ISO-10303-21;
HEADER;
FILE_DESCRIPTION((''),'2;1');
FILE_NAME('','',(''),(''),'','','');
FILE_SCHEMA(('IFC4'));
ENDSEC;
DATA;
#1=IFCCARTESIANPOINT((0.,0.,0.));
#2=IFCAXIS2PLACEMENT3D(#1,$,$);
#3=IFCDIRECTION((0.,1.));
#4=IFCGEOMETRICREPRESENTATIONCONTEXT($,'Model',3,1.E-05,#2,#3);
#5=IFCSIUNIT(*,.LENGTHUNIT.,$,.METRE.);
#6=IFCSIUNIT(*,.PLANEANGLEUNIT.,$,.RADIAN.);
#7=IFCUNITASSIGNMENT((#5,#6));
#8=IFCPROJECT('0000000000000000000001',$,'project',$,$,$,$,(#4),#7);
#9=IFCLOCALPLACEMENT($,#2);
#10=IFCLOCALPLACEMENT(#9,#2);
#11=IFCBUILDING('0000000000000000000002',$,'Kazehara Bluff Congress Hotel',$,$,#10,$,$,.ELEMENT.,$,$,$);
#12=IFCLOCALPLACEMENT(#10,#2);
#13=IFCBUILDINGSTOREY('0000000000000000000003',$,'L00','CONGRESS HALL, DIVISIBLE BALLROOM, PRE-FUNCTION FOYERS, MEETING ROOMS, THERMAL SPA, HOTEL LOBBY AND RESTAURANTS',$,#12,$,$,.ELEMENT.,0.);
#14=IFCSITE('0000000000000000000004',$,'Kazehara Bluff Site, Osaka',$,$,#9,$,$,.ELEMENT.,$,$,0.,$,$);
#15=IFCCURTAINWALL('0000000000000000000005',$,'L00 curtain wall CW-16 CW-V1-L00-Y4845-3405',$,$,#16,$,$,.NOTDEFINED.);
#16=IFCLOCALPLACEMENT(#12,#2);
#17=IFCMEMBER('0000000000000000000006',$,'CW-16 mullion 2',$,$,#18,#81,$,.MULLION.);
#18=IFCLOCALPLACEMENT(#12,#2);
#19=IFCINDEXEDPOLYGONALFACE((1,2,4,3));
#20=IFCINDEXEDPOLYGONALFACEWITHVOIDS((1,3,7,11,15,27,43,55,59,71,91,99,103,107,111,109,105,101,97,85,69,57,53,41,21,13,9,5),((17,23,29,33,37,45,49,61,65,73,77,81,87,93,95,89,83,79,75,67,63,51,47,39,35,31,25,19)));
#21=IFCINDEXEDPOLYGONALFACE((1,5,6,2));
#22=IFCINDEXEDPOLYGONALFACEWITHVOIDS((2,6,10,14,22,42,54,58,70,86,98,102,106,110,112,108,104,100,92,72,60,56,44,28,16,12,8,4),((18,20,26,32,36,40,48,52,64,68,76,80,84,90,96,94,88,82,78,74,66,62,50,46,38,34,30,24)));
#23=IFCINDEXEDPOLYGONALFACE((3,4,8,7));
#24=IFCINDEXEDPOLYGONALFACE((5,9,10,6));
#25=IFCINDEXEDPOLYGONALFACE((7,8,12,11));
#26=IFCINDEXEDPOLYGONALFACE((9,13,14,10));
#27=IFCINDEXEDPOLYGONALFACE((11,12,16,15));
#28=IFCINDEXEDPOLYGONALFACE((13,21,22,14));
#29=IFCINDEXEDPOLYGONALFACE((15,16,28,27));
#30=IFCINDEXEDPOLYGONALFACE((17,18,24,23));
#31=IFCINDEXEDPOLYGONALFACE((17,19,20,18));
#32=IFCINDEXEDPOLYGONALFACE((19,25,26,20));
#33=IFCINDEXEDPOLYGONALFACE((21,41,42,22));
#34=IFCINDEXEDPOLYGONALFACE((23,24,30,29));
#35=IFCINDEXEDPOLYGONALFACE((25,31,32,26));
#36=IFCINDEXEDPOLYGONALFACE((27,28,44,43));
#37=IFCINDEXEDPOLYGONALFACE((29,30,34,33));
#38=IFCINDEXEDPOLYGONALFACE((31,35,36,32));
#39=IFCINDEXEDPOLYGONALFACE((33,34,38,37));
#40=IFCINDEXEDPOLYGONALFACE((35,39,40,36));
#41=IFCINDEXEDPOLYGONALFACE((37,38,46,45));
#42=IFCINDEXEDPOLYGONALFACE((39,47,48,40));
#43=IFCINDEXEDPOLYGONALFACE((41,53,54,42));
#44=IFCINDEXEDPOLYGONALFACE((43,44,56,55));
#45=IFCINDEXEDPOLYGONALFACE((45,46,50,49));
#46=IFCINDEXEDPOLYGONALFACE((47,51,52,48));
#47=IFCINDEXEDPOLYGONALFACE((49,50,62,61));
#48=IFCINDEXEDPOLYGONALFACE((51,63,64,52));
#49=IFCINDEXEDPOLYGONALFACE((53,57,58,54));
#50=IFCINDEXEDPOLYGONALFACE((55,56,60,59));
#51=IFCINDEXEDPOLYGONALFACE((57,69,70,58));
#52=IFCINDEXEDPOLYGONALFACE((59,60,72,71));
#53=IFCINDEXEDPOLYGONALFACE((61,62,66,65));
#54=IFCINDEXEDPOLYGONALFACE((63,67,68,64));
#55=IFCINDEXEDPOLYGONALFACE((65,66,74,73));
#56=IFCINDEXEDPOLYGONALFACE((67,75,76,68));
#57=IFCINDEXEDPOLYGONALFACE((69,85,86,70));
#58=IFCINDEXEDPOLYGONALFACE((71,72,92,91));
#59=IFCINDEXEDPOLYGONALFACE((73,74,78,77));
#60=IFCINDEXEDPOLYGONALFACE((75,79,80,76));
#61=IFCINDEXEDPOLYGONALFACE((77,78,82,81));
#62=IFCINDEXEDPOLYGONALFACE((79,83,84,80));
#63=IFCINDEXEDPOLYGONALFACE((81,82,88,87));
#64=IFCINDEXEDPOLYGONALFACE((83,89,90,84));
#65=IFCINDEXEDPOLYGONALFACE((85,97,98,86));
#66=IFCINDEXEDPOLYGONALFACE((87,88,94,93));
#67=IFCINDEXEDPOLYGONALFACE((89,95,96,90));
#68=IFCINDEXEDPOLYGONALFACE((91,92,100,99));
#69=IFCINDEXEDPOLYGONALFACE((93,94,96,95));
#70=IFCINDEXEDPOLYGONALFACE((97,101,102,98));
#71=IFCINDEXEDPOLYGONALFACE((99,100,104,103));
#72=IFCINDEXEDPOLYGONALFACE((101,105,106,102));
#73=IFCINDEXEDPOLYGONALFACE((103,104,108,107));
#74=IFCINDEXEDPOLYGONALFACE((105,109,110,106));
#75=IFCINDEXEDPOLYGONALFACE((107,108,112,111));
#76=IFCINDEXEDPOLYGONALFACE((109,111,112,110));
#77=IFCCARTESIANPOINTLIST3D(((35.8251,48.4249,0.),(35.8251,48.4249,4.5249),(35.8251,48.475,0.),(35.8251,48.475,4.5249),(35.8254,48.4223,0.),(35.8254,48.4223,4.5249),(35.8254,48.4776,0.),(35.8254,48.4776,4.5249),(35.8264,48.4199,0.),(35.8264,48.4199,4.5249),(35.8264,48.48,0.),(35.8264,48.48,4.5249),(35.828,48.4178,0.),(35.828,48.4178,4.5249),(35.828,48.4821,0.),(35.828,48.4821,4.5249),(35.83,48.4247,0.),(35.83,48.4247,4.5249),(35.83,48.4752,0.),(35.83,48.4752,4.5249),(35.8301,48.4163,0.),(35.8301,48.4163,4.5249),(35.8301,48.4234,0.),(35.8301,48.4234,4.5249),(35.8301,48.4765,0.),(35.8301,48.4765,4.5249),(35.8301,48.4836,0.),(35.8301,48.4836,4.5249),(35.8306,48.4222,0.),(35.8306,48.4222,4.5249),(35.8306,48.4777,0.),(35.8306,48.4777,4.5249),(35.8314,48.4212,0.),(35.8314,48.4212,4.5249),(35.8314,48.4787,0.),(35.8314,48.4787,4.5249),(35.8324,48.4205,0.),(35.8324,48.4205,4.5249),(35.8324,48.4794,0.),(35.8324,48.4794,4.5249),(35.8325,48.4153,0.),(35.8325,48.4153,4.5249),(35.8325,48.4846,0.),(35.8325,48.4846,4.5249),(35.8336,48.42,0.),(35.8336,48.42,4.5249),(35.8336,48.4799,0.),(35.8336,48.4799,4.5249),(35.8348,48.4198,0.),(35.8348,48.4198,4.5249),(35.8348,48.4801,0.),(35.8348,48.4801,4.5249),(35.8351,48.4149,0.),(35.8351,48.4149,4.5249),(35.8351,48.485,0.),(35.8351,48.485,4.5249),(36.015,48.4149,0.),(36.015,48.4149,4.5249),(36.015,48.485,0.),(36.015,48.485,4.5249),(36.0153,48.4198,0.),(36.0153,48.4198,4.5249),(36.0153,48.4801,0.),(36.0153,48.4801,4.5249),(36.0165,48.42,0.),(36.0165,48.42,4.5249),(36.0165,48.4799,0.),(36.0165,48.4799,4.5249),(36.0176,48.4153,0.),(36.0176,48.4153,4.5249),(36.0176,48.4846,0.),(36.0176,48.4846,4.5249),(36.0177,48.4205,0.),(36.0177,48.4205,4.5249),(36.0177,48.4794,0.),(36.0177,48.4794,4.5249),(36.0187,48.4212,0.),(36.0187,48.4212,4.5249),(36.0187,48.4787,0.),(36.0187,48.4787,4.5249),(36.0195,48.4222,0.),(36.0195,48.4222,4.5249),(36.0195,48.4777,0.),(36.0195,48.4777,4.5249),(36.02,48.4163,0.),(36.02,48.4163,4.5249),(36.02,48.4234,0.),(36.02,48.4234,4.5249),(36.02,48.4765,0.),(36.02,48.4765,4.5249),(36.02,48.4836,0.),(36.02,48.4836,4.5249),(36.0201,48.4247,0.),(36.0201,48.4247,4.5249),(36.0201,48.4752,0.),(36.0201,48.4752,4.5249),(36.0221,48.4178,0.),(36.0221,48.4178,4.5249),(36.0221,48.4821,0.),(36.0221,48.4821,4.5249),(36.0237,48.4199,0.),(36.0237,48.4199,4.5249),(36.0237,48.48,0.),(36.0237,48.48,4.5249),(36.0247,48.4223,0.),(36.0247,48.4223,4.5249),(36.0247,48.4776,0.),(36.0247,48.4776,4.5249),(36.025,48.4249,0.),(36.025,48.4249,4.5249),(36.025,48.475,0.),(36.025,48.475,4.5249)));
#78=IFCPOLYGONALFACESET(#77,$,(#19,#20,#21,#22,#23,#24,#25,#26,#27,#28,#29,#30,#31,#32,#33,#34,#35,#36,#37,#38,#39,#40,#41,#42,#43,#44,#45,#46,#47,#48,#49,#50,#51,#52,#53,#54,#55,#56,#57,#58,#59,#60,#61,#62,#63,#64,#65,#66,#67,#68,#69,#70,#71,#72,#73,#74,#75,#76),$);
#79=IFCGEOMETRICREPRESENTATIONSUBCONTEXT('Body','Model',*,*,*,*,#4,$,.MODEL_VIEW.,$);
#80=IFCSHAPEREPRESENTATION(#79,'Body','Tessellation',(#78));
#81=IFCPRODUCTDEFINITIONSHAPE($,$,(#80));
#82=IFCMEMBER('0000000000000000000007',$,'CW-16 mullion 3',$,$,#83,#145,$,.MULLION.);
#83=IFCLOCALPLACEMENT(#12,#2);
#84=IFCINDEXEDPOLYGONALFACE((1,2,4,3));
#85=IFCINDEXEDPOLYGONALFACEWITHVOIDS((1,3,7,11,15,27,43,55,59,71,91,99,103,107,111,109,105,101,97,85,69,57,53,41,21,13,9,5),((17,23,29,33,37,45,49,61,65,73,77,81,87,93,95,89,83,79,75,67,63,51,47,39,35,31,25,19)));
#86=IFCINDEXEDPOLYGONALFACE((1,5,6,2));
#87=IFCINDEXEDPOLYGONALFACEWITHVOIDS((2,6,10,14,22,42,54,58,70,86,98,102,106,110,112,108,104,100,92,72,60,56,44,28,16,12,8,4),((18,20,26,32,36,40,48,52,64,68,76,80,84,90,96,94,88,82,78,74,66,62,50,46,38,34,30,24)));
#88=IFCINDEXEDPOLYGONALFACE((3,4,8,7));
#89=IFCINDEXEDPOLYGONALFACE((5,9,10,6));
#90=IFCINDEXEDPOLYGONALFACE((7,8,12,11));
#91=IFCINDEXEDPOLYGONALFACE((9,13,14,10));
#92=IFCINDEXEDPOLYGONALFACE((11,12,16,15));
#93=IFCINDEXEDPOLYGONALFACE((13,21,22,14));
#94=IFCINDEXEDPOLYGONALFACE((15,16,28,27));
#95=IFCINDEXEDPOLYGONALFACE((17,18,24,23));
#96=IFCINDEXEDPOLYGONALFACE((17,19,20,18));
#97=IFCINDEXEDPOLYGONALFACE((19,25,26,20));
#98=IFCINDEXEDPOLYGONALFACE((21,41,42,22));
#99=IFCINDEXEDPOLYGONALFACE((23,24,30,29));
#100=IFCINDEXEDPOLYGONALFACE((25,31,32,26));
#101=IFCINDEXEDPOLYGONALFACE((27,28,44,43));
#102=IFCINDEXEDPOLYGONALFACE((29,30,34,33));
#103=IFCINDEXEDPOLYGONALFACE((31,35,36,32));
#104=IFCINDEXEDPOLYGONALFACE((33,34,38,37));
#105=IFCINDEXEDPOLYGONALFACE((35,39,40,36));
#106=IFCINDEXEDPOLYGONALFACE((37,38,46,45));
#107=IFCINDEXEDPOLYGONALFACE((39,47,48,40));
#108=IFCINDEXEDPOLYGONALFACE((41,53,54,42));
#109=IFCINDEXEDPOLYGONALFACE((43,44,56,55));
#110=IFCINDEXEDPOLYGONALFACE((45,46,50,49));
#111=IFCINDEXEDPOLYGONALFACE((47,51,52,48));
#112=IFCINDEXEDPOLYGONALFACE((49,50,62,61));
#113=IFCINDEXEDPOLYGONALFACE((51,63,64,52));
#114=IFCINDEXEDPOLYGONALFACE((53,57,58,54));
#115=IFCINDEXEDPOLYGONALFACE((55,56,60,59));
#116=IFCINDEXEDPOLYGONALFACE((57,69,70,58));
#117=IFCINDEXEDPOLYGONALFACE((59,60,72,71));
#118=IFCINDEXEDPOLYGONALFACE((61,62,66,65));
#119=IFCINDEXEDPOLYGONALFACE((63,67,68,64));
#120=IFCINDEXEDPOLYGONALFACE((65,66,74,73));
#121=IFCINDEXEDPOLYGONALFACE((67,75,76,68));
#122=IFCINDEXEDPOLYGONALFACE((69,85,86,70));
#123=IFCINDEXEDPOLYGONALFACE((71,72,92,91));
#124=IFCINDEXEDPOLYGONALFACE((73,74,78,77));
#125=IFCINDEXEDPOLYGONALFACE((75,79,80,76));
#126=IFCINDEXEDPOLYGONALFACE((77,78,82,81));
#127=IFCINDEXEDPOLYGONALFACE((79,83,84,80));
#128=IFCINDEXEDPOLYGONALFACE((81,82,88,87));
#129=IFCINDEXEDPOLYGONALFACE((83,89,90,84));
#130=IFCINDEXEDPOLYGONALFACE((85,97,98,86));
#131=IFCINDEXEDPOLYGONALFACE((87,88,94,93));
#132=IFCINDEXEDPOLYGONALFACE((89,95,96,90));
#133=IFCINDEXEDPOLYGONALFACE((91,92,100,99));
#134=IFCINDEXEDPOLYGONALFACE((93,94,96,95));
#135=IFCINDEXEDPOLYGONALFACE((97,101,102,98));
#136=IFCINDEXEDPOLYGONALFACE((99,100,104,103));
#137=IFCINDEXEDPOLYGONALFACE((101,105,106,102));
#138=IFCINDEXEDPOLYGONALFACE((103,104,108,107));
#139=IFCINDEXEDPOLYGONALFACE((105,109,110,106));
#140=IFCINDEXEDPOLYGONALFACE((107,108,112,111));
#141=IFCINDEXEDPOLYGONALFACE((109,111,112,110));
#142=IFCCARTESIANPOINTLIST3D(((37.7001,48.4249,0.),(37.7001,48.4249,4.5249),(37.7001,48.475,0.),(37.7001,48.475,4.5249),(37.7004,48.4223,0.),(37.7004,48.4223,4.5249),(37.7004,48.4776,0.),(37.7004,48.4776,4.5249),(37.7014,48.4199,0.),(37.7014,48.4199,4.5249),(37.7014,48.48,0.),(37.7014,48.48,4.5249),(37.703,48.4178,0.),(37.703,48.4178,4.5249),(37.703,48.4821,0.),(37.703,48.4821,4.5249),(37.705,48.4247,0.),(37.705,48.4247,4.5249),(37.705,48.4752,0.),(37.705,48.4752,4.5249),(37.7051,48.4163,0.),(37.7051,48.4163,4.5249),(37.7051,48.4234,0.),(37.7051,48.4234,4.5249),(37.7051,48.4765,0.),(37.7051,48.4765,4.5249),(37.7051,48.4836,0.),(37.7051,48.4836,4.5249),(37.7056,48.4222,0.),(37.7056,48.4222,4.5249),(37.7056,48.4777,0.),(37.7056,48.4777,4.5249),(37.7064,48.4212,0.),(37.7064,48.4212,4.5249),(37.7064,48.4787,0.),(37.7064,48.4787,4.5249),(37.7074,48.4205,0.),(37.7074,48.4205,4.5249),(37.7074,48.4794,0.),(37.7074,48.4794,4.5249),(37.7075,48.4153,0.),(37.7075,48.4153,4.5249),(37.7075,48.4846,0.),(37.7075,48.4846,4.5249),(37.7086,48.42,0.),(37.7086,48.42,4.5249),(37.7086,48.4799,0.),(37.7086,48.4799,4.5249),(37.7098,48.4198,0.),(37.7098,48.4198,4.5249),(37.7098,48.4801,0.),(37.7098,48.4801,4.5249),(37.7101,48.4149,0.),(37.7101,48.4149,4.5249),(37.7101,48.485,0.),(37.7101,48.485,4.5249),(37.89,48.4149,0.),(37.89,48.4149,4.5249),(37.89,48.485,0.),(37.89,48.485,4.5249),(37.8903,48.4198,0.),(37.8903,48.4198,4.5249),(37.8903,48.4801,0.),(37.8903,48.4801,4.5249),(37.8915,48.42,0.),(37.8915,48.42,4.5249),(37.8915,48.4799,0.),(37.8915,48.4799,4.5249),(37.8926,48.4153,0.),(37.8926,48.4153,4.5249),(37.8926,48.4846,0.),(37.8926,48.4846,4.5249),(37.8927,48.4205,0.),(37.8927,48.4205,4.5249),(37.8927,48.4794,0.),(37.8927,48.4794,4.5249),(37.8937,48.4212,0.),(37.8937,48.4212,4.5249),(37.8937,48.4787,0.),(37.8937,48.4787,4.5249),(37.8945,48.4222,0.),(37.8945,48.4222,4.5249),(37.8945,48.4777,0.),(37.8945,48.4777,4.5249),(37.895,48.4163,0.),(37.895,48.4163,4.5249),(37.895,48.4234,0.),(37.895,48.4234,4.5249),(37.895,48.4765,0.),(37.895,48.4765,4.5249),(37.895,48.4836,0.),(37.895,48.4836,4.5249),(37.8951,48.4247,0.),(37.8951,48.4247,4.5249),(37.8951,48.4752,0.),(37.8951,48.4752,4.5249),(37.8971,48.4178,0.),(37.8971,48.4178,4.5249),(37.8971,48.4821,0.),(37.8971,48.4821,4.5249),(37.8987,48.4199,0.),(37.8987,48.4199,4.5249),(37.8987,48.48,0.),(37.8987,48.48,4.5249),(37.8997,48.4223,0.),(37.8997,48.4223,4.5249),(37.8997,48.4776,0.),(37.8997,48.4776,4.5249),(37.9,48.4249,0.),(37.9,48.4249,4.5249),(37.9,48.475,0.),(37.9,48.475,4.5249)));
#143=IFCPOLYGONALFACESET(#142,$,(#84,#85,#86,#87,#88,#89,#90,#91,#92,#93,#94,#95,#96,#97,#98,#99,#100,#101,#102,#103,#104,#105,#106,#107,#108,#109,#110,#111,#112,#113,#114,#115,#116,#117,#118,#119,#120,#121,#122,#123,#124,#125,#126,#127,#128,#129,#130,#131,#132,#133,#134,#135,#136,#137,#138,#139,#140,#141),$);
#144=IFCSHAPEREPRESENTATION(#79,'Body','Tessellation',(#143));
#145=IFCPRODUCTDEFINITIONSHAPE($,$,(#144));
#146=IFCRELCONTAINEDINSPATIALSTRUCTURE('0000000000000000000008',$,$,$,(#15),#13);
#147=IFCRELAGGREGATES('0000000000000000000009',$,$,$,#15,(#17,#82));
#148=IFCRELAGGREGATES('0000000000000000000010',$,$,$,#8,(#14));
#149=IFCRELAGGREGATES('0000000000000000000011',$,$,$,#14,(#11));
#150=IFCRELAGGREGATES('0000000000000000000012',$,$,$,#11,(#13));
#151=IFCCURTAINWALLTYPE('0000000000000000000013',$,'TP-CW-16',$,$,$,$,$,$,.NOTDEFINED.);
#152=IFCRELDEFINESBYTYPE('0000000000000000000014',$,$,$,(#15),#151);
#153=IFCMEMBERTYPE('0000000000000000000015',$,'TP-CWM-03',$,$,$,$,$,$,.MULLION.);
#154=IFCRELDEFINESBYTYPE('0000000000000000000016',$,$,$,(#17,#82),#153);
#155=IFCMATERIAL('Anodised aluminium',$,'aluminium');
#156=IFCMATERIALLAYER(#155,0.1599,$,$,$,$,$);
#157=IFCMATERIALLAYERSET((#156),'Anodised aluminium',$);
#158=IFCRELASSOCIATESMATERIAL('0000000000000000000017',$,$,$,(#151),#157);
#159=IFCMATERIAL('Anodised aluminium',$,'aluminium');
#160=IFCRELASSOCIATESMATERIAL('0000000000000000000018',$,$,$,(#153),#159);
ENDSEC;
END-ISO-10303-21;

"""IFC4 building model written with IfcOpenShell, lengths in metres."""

from ifc_helpers import new_model, si_unit, direction, frame, origin, origin_2d, place, context, subcontext, project, spatial, hollow_rectangle, extrude, material, layer, layer_set, material_profile, profile_set, type_object, element, aggregate, save


model = new_model("IFC4")

# Units and contexts
model_context = context("Model", 3, precision=1e-05, world=origin(), true_north=direction((0.0, 1.0)))
body_context = subcontext(model_context, "Body", "Model", "MODEL_VIEW")
ifc_project = project(units=[si_unit("LENGTHUNIT", "METRE"), si_unit("PLANEANGLEUNIT", "RADIAN")], contexts=[model_context])

# Site, building, storey
site_placement = place(None, origin())
site = spatial("IfcSite", under=ifc_project, at=site_placement, Name="Kazehara Bluff Site, Osaka", CompositionType="ELEMENT", RefElevation=0.0)
building_placement = place(site_placement, origin())
building = spatial("IfcBuilding", under=site, at=building_placement, Name="Kazehara Bluff Congress Hotel", CompositionType="ELEMENT")
storey_placement = place(building_placement, origin())
storey = spatial("IfcBuildingStorey", under=building, at=storey_placement, Name="L00", Description="CONGRESS HALL, DIVISIBLE BALLROOM, PRE-FUNCTION FOYERS, MEETING ROOMS, THERMAL SPA, HOTEL LOBBY AND RESTAURANTS", CompositionType="ELEMENT", Elevation=0.0)

# Curtain wall, members
ifc_material_1 = material(Name="Anodised aluminium", Category="aluminium")
ifc_layer_1 = layer(ifc_material_1, 0.1599)
ifc_layer_set_1 = layer_set([ifc_layer_1], Name="Anodised aluminium")
curtain_wall_type = type_object("IfcCurtainWallType", Name="TP-CW-16", PredefinedType="NOTDEFINED", material=ifc_layer_set_1)
curtain_wall_placement = place(storey_placement, origin())
curtain_wall = element("IfcCurtainWall", 1, at=curtain_wall_placement, inside=storey, type_object=curtain_wall_type, Name="L00 curtain wall CW-16 CW-V1-L00-Y4845-3405", PredefinedType="NOTDEFINED")
ifc_material_2 = material(Name="Anodised aluminium", Category="aluminium")
ifc_material_profile_1 = material_profile(ifc_material_2, hollow_rectangle(XDim=0.0701, YDim=0.2, WallThickness=0.0049, InnerFilletRadius=0.0049, OuterFilletRadius=0.01, at=origin_2d()))
ifc_profile_set_1 = profile_set([ifc_material_profile_1], Name="Anodised aluminium")
member_type_1 = type_object("IfcMemberType", Name="TP-CWM-03", PredefinedType="MULLION", material=ifc_profile_set_1)
member_1_placement = place(storey_placement, frame((35.925, 48.45, 0.0), z_axis=(0.0, 0.0, 1.0), x_axis=(0.0, 1.0, 0.0)))
member_1 = element("IfcMember", 2, at=member_1_placement, type_object=member_type_1, Name="CW-16 mullion 2", PredefinedType="MULLION", context=body_context, shape_type="SweptSolid", body=[
    extrude(hollow_rectangle(XDim=0.0701, YDim=0.2, WallThickness=0.0049, InnerFilletRadius=0.0049, OuterFilletRadius=0.01, at=origin_2d()), origin(), (0.0, 0.0, 1.0), 4.5249),
])
member_2_placement = place(storey_placement, frame((37.8, 48.45, 0.0), z_axis=(0.0, 0.0, 1.0), x_axis=(0.0, 1.0, 0.0)))
member_2 = element("IfcMember", 3, at=member_2_placement, type_object=member_type_1, Name="CW-16 mullion 3", PredefinedType="MULLION", context=body_context, shape_type="SweptSolid", body=[
    extrude(hollow_rectangle(XDim=0.0701, YDim=0.2, WallThickness=0.0049, InnerFilletRadius=0.0049, OuterFilletRadius=0.01, at=origin_2d()), origin(), (0.0, 0.0, 1.0), 4.5249),
])

aggregate(curtain_wall, [member_1, member_2])

save(model, "model.ifc")
